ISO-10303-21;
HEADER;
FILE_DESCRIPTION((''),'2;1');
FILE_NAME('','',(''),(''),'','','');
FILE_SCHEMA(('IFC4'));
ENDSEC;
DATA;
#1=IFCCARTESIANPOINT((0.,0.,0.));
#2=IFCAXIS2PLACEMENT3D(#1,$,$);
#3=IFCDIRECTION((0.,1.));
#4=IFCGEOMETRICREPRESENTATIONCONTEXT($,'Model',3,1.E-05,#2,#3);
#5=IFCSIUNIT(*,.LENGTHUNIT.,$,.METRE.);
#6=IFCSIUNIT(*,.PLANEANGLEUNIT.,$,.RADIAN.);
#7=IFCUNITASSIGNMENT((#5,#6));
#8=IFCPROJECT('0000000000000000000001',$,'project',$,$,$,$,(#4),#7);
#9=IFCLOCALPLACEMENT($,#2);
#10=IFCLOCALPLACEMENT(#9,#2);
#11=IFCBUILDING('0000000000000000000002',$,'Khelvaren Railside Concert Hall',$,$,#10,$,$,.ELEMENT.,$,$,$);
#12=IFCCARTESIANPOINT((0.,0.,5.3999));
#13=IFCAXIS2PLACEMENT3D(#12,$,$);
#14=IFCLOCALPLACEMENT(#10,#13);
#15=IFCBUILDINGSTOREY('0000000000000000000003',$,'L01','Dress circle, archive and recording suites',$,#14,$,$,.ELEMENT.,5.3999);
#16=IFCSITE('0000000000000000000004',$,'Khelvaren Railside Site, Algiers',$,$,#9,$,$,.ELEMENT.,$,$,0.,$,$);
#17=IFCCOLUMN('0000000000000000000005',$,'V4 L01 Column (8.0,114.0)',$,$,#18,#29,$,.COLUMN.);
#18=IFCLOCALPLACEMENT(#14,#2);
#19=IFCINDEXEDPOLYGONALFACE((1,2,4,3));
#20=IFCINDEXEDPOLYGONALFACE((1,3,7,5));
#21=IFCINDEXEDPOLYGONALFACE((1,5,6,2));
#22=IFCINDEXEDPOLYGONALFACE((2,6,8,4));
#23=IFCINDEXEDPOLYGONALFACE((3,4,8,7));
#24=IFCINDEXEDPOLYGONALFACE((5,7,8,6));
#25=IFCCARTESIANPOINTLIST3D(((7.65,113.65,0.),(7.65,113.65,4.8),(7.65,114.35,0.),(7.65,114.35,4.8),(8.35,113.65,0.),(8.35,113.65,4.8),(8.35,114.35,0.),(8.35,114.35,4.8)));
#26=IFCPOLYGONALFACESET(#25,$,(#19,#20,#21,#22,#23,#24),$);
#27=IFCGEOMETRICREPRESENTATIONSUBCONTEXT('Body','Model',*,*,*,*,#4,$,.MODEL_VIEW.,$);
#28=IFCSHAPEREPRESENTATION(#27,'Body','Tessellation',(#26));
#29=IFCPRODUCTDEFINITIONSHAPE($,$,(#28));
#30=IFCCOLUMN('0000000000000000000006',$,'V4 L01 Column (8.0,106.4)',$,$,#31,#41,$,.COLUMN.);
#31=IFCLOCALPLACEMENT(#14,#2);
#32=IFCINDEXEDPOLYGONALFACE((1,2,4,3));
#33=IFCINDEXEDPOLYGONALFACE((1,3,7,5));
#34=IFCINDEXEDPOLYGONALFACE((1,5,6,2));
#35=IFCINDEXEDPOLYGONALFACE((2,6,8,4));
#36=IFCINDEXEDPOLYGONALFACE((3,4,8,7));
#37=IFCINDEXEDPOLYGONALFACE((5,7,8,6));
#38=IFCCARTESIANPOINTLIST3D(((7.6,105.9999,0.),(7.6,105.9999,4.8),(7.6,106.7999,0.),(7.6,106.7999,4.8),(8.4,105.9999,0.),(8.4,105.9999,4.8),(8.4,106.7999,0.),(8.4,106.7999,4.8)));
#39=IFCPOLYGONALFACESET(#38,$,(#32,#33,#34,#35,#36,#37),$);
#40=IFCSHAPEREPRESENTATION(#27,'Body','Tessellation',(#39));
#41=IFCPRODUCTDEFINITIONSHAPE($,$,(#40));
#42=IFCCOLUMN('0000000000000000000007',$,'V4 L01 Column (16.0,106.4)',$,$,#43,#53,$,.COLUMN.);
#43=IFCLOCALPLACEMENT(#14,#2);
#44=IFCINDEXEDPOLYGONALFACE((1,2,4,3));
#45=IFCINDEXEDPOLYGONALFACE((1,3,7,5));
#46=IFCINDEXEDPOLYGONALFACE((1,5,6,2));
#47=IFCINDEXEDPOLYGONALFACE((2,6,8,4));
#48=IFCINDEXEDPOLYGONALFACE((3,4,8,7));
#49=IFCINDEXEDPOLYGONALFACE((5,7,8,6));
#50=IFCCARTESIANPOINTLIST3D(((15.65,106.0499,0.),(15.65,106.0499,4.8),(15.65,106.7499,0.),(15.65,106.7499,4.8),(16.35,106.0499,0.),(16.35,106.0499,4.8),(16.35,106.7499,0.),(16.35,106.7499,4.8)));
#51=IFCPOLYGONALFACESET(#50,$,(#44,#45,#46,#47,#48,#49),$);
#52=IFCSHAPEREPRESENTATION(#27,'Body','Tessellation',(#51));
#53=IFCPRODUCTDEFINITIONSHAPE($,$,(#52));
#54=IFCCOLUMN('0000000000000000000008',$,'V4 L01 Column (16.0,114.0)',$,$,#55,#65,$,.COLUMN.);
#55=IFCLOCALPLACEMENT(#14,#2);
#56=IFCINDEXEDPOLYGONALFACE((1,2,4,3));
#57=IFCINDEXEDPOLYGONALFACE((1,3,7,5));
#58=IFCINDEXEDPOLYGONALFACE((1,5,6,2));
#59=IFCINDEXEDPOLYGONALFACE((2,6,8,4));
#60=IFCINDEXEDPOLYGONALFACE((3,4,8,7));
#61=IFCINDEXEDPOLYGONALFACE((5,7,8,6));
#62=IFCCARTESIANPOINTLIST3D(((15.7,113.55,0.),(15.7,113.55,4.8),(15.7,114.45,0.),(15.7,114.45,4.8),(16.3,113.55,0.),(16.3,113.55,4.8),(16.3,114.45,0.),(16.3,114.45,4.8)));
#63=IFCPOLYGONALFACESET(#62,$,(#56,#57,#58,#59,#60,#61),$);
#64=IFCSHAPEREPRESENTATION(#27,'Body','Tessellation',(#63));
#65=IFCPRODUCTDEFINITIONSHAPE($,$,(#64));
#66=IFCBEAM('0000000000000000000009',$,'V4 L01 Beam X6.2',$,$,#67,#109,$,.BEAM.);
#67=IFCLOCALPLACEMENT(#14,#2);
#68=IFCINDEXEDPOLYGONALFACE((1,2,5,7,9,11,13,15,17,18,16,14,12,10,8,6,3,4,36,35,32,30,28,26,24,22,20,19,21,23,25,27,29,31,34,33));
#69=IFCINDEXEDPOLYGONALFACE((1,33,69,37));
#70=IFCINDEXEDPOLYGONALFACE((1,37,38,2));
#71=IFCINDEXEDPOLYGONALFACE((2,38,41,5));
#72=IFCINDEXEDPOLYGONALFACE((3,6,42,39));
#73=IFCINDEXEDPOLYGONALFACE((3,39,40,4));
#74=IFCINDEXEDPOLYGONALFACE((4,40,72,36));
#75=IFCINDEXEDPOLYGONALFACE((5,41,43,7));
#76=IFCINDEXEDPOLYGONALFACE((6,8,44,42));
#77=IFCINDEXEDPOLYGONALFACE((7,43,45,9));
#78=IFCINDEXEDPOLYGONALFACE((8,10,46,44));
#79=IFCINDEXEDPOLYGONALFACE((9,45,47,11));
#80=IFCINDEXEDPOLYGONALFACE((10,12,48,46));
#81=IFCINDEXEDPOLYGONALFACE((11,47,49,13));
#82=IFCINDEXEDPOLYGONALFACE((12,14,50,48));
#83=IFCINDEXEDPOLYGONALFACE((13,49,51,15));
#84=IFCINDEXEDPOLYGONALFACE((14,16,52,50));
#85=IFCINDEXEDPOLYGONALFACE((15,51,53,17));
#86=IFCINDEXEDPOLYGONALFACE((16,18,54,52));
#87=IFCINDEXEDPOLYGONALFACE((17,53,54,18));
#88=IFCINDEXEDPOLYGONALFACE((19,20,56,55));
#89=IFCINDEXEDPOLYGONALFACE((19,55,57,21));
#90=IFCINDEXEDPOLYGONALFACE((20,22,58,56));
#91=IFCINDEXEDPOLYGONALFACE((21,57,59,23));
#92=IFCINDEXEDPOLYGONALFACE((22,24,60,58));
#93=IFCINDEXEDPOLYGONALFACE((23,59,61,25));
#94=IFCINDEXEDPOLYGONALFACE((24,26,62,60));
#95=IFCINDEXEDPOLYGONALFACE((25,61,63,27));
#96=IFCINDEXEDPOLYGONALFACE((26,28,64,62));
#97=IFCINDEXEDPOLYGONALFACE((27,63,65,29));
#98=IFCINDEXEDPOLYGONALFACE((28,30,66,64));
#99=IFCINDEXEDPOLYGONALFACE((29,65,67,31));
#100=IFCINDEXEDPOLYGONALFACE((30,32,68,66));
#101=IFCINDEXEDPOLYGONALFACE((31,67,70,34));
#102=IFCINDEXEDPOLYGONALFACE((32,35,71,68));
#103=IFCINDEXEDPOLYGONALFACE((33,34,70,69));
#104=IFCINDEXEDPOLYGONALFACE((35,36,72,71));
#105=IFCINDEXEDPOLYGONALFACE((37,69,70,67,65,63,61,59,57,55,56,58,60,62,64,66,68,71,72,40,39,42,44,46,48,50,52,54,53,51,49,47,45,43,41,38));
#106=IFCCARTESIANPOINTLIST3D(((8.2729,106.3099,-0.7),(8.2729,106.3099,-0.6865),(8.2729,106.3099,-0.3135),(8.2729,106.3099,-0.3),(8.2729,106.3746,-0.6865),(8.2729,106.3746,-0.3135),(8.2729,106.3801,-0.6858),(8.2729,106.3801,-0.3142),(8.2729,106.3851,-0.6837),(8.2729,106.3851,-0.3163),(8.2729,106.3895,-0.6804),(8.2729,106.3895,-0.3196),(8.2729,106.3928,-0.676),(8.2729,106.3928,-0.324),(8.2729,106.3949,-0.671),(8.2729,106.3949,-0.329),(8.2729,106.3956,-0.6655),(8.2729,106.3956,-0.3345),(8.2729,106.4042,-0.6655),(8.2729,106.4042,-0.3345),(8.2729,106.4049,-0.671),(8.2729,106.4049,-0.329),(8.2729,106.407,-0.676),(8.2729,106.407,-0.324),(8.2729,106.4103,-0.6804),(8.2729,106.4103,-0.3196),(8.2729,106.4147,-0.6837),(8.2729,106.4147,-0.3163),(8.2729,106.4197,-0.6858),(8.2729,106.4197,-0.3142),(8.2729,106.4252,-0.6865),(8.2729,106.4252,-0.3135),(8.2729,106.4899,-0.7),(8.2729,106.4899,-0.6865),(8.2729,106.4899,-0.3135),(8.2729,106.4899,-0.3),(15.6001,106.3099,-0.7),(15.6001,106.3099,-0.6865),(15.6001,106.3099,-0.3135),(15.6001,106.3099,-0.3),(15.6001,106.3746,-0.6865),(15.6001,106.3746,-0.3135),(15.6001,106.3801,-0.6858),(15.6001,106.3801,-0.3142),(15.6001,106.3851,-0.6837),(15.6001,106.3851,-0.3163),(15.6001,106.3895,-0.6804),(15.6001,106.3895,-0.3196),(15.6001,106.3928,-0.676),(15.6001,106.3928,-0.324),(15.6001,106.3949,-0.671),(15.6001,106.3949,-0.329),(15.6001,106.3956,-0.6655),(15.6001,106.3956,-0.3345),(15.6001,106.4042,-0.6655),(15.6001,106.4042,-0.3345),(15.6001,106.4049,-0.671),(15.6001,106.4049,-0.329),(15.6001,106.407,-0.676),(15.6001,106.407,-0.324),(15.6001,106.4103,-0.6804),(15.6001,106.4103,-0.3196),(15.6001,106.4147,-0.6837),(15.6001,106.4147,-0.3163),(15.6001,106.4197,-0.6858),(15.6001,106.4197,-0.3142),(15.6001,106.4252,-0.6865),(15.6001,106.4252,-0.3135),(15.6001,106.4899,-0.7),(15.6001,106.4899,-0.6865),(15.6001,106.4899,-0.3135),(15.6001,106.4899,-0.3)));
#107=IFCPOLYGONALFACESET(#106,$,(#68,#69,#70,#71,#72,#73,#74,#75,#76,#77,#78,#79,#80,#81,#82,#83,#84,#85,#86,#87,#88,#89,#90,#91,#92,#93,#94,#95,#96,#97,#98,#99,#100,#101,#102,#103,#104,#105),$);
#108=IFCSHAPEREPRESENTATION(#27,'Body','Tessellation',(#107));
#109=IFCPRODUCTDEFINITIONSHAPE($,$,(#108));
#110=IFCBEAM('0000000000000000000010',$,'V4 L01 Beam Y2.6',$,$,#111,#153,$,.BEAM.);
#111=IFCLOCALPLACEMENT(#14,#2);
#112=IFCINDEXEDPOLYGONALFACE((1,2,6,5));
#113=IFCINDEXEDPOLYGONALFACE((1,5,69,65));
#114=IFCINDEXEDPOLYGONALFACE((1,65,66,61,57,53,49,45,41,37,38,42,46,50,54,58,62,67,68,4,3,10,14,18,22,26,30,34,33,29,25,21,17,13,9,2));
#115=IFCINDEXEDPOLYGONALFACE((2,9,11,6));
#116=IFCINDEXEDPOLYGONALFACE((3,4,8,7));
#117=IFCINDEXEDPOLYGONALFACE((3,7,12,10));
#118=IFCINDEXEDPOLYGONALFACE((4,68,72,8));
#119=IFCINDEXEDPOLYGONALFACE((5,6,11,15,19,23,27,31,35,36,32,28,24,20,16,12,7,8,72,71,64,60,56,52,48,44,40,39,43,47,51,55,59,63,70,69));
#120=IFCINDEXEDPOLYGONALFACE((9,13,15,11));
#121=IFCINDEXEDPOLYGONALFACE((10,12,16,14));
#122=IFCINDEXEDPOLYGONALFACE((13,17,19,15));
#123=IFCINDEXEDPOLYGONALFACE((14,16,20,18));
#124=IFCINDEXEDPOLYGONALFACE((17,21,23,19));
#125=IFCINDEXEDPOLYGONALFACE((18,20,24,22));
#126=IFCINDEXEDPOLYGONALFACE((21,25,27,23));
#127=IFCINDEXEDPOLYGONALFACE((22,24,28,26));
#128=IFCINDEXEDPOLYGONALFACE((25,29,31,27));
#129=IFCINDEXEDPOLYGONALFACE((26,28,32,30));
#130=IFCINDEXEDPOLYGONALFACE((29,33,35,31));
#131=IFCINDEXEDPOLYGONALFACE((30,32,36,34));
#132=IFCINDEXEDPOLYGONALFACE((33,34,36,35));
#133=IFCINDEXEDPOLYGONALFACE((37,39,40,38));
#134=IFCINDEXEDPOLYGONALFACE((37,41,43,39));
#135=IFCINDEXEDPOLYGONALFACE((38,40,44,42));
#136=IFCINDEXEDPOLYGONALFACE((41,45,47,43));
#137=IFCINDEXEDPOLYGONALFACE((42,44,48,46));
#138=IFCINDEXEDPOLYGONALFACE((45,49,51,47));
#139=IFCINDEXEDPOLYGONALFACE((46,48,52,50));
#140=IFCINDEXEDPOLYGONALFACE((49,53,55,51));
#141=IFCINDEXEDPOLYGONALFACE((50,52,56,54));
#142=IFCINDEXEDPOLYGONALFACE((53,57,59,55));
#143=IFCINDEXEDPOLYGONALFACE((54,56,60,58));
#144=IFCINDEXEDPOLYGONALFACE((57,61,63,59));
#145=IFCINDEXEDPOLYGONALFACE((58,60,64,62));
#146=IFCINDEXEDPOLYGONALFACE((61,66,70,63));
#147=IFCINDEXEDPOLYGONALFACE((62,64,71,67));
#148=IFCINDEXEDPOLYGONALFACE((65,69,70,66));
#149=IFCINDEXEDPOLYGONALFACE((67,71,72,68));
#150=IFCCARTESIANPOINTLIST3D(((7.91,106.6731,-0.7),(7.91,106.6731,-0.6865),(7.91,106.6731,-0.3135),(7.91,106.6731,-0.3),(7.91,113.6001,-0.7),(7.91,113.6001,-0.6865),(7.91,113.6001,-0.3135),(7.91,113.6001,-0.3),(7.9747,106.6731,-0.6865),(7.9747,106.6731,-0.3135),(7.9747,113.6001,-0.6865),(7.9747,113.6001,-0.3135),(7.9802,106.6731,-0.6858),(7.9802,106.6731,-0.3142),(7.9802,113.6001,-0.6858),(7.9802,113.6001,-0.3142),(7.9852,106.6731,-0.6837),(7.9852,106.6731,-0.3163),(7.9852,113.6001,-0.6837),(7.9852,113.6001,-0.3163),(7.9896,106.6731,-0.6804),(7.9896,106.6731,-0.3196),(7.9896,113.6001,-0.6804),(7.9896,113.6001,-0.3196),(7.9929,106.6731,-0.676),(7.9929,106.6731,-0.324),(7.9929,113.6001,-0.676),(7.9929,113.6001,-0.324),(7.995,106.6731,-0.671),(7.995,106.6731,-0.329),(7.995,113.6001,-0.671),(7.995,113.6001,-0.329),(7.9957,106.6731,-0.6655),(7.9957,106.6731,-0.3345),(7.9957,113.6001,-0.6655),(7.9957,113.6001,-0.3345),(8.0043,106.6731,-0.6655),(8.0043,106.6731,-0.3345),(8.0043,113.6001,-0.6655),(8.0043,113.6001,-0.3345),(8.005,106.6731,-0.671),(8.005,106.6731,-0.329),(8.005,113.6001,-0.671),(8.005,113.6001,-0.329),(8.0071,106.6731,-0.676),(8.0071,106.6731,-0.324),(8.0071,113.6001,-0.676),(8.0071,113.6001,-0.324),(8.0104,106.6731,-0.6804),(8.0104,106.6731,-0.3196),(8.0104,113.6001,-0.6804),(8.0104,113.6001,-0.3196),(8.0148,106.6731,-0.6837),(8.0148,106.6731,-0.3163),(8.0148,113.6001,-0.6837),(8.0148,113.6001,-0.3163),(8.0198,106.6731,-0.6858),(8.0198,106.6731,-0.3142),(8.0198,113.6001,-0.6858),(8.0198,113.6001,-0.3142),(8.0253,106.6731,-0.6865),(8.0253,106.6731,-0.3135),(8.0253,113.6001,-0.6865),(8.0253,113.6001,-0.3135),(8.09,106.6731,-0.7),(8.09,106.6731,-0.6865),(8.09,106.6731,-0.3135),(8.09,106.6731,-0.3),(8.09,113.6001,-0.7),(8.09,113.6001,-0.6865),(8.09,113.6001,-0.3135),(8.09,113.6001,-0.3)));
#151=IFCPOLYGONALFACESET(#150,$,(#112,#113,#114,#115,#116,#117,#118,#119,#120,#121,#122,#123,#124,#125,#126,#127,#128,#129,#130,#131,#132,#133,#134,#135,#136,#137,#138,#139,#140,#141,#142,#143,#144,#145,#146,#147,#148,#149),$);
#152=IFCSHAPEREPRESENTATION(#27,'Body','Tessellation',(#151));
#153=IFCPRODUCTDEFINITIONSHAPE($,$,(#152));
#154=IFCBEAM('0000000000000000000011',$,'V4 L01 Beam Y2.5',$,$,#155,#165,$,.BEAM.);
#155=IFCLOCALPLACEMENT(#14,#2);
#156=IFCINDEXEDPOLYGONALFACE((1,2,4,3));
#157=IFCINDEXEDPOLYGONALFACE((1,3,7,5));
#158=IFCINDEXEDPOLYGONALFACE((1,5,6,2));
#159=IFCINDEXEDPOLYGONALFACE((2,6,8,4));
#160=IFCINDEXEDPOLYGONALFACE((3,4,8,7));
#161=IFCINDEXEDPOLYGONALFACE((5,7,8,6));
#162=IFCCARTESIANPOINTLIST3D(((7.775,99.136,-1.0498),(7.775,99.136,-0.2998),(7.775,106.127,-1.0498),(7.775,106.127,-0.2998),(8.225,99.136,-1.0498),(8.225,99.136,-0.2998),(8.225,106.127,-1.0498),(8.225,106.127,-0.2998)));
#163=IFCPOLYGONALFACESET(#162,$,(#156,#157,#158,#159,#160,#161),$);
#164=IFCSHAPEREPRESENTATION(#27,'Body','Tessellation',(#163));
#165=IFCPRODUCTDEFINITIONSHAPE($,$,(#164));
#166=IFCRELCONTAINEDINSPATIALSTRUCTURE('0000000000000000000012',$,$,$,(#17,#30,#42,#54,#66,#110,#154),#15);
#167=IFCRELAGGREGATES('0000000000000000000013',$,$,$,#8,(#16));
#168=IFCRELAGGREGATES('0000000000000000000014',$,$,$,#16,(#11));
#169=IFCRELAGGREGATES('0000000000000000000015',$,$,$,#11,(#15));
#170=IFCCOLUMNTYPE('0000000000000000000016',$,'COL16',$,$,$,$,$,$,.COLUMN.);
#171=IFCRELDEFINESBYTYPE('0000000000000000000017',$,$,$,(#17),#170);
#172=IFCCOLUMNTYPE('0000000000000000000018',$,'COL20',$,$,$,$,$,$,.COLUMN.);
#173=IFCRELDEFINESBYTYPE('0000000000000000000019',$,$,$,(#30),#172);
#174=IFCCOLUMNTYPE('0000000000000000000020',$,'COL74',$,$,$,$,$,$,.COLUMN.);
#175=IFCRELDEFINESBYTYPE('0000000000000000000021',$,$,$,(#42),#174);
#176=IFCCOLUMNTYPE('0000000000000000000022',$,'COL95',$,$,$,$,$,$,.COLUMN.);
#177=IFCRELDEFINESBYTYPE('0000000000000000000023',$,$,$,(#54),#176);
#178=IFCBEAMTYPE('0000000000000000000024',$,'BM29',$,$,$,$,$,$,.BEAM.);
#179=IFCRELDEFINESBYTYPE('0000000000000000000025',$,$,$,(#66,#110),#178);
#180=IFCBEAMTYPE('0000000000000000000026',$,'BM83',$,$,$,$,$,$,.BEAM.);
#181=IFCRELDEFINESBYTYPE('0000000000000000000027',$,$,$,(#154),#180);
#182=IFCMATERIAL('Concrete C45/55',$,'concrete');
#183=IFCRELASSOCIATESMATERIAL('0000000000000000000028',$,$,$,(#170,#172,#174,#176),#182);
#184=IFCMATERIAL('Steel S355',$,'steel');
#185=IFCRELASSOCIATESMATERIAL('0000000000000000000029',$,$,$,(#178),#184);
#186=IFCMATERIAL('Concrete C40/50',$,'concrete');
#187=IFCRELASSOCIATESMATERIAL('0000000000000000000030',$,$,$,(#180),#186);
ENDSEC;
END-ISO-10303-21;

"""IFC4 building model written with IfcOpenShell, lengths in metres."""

from ifc_helpers import new_model, si_unit, direction, frame, origin, origin_2d, place, context, subcontext, project, spatial, rectangle, i_section, extrude, material, material_profile, profile_set, type_object, element, save


model = new_model("IFC4")

# Units and contexts
model_context = context("Model", 3, precision=1e-05, world=origin(), true_north=direction((0.0, 1.0)))
body_context = subcontext(model_context, "Body", "Model", "MODEL_VIEW")
ifc_project = project(units=[si_unit("LENGTHUNIT", "METRE"), si_unit("PLANEANGLEUNIT", "RADIAN")], contexts=[model_context])

# Site, building, storey
site_placement = place(None, origin())
site = spatial("IfcSite", under=ifc_project, at=site_placement, Name="Khelvaren Railside Site, Algiers", CompositionType="ELEMENT", RefElevation=0.0)
building_placement = place(site_placement, origin())
building = spatial("IfcBuilding", under=site, at=building_placement, Name="Khelvaren Railside Concert Hall", CompositionType="ELEMENT")
storey_placement = place(building_placement, frame((0.0, 0.0, 5.3999)))
storey = spatial("IfcBuildingStorey", under=building, at=storey_placement, Name="L01", Description="Dress circle, archive and recording suites", CompositionType="ELEMENT", Elevation=5.3999)

# Columns
ifc_material_1 = material(Name="Concrete C45/55", Category="concrete")
ifc_material_profile_1 = material_profile(ifc_material_1, rectangle(XDim=0.7, YDim=0.7, at=origin_2d()), Name="RC 700x700")
ifc_profile_set_1 = profile_set([ifc_material_profile_1], Name="Concrete C45/55")
column_type_1 = type_object("IfcColumnType", Name="COL16", PredefinedType="COLUMN", material=ifc_profile_set_1)
column_1_placement = place(storey_placement, frame((8.0, 114.0, 0.0), z_axis=(0.0, 0.0, 1.0), x_axis=(1.0, 0.0, 0.0)))
element("IfcColumn", 1, at=column_1_placement, inside=storey, type_object=column_type_1, Name="V4 L01 Column (8.0,114.0)", PredefinedType="COLUMN", context=body_context, shape_type="SweptSolid", body=[
    extrude(rectangle(XDim=0.7, YDim=0.7, at=origin_2d()), origin(), (0.0, 0.0, 1.0), 4.8),
])
ifc_material_profile_2 = material_profile(ifc_material_1, rectangle(XDim=0.8, YDim=0.8, at=origin_2d()), Name="RC 800x800")
ifc_profile_set_2 = profile_set([ifc_material_profile_2], Name="Concrete C45/55")
column_type_2 = type_object("IfcColumnType", Name="COL20", PredefinedType="COLUMN", material=ifc_profile_set_2)
column_2_placement = place(storey_placement, frame((8.0, 106.3999, 0.0), z_axis=(0.0, 0.0, 1.0), x_axis=(1.0, 0.0, 0.0)))
element("IfcColumn", 2, at=column_2_placement, inside=storey, type_object=column_type_2, Name="V4 L01 Column (8.0,106.4)", PredefinedType="COLUMN", context=body_context, shape_type="SweptSolid", body=[
    extrude(rectangle(XDim=0.8, YDim=0.8, at=origin_2d()), origin(), (0.0, 0.0, 1.0), 4.8),
])
ifc_material_profile_3 = material_profile(ifc_material_1, rectangle(XDim=0.7, YDim=0.7, at=origin_2d()), Name="RC 700x700")
ifc_profile_set_3 = profile_set([ifc_material_profile_3], Name="Concrete C45/55")
column_type_3 = type_object("IfcColumnType", Name="COL74", PredefinedType="COLUMN", material=ifc_profile_set_3)
column_3_placement = place(storey_placement, frame((16.0, 106.3999, 0.0), z_axis=(0.0, 0.0, 1.0), x_axis=(1.0, 0.0, 0.0)))
element("IfcColumn", 3, at=column_3_placement, inside=storey, type_object=column_type_3, Name="V4 L01 Column (16.0,106.4)", PredefinedType="COLUMN", context=body_context, shape_type="SweptSolid", body=[
    extrude(rectangle(XDim=0.7, YDim=0.7, at=origin_2d()), origin(), (0.0, 0.0, 1.0), 4.8),
])
ifc_material_profile_4 = material_profile(ifc_material_1, rectangle(XDim=0.6001, YDim=0.8999, at=origin_2d()), Name="RC 600x900")
ifc_profile_set_4 = profile_set([ifc_material_profile_4], Name="Concrete C45/55")
column_type_4 = type_object("IfcColumnType", Name="COL95", PredefinedType="COLUMN", material=ifc_profile_set_4)
column_4_placement = place(storey_placement, frame((16.0, 114.0, 0.0), z_axis=(0.0, 0.0, 1.0), x_axis=(1.0, 0.0, 0.0)))
element("IfcColumn", 4, at=column_4_placement, inside=storey, type_object=column_type_4, Name="V4 L01 Column (16.0,114.0)", PredefinedType="COLUMN", context=body_context, shape_type="SweptSolid", body=[
    extrude(rectangle(XDim=0.6001, YDim=0.8999, at=origin_2d()), origin(), (0.0, 0.0, 1.0), 4.8),
])

# Beams
ifc_material_2 = material(Name="Steel S355", Category="steel")
ifc_material_profile_5 = material_profile(ifc_material_2, i_section(OverallWidth=0.1799, OverallDepth=0.3999, WebThickness=0.0085, FlangeThickness=0.0134, FilletRadius=0.021, at=origin_2d()), Name="IPE 400")
ifc_profile_set_5 = profile_set([ifc_material_profile_5], Name="Steel S355")
beam_type_1 = type_object("IfcBeamType", Name="BM29", PredefinedType="BEAM", material=ifc_profile_set_5)
beam_1_placement = place(storey_placement, frame((8.2729, 106.3999, -0.5), z_axis=(1.0, 0.0, 0.0), x_axis=(0.0, 1.0, 0.0)))
element("IfcBeam", 5, at=beam_1_placement, inside=storey, type_object=beam_type_1, Name="V4 L01 Beam X6.2", PredefinedType="BEAM", context=body_context, shape_type="SweptSolid", body=[
    extrude(i_section(OverallWidth=0.1799, OverallDepth=0.3999, WebThickness=0.0085, FlangeThickness=0.0134, FilletRadius=0.021, at=origin_2d()), origin(), (0.0, 0.0, 1.0), 7.3271),
])
beam_2_placement = place(storey_placement, frame((8.0, 106.6731, -0.5), z_axis=(0.0, 1.0, 0.0), x_axis=(-1.0, 0.0, 0.0)))
element("IfcBeam", 6, at=beam_2_placement, inside=storey, type_object=beam_type_1, Name="V4 L01 Beam Y2.6", PredefinedType="BEAM", context=body_context, shape_type="SweptSolid", body=[
    extrude(i_section(OverallWidth=0.1799, OverallDepth=0.3999, WebThickness=0.0085, FlangeThickness=0.0134, FilletRadius=0.021, at=origin_2d()), origin(), (0.0, 0.0, 1.0), 6.927),
])
ifc_material_3 = material(Name="Concrete C40/50", Category="concrete")
ifc_material_profile_6 = material_profile(ifc_material_3, rectangle(XDim=0.45, YDim=0.75, at=origin_2d()), Name="RCB 450x750")
ifc_profile_set_6 = profile_set([ifc_material_profile_6], Name="Concrete C40/50")
beam_type_2 = type_object("IfcBeamType", Name="BM83", PredefinedType="BEAM", material=ifc_profile_set_6)
beam_3_placement = place(storey_placement, frame((8.0, 99.136, -0.6748), z_axis=(0.0, 1.0, 0.0), x_axis=(-1.0, 0.0, 0.0)))
element("IfcBeam", 7, at=beam_3_placement, inside=storey, type_object=beam_type_2, Name="V4 L01 Beam Y2.5", PredefinedType="BEAM", context=body_context, shape_type="SweptSolid", body=[
    extrude(rectangle(XDim=0.45, YDim=0.75, at=origin_2d()), origin(), (0.0, 0.0, 1.0), 6.991),
])

save(model, "model.ifc")
